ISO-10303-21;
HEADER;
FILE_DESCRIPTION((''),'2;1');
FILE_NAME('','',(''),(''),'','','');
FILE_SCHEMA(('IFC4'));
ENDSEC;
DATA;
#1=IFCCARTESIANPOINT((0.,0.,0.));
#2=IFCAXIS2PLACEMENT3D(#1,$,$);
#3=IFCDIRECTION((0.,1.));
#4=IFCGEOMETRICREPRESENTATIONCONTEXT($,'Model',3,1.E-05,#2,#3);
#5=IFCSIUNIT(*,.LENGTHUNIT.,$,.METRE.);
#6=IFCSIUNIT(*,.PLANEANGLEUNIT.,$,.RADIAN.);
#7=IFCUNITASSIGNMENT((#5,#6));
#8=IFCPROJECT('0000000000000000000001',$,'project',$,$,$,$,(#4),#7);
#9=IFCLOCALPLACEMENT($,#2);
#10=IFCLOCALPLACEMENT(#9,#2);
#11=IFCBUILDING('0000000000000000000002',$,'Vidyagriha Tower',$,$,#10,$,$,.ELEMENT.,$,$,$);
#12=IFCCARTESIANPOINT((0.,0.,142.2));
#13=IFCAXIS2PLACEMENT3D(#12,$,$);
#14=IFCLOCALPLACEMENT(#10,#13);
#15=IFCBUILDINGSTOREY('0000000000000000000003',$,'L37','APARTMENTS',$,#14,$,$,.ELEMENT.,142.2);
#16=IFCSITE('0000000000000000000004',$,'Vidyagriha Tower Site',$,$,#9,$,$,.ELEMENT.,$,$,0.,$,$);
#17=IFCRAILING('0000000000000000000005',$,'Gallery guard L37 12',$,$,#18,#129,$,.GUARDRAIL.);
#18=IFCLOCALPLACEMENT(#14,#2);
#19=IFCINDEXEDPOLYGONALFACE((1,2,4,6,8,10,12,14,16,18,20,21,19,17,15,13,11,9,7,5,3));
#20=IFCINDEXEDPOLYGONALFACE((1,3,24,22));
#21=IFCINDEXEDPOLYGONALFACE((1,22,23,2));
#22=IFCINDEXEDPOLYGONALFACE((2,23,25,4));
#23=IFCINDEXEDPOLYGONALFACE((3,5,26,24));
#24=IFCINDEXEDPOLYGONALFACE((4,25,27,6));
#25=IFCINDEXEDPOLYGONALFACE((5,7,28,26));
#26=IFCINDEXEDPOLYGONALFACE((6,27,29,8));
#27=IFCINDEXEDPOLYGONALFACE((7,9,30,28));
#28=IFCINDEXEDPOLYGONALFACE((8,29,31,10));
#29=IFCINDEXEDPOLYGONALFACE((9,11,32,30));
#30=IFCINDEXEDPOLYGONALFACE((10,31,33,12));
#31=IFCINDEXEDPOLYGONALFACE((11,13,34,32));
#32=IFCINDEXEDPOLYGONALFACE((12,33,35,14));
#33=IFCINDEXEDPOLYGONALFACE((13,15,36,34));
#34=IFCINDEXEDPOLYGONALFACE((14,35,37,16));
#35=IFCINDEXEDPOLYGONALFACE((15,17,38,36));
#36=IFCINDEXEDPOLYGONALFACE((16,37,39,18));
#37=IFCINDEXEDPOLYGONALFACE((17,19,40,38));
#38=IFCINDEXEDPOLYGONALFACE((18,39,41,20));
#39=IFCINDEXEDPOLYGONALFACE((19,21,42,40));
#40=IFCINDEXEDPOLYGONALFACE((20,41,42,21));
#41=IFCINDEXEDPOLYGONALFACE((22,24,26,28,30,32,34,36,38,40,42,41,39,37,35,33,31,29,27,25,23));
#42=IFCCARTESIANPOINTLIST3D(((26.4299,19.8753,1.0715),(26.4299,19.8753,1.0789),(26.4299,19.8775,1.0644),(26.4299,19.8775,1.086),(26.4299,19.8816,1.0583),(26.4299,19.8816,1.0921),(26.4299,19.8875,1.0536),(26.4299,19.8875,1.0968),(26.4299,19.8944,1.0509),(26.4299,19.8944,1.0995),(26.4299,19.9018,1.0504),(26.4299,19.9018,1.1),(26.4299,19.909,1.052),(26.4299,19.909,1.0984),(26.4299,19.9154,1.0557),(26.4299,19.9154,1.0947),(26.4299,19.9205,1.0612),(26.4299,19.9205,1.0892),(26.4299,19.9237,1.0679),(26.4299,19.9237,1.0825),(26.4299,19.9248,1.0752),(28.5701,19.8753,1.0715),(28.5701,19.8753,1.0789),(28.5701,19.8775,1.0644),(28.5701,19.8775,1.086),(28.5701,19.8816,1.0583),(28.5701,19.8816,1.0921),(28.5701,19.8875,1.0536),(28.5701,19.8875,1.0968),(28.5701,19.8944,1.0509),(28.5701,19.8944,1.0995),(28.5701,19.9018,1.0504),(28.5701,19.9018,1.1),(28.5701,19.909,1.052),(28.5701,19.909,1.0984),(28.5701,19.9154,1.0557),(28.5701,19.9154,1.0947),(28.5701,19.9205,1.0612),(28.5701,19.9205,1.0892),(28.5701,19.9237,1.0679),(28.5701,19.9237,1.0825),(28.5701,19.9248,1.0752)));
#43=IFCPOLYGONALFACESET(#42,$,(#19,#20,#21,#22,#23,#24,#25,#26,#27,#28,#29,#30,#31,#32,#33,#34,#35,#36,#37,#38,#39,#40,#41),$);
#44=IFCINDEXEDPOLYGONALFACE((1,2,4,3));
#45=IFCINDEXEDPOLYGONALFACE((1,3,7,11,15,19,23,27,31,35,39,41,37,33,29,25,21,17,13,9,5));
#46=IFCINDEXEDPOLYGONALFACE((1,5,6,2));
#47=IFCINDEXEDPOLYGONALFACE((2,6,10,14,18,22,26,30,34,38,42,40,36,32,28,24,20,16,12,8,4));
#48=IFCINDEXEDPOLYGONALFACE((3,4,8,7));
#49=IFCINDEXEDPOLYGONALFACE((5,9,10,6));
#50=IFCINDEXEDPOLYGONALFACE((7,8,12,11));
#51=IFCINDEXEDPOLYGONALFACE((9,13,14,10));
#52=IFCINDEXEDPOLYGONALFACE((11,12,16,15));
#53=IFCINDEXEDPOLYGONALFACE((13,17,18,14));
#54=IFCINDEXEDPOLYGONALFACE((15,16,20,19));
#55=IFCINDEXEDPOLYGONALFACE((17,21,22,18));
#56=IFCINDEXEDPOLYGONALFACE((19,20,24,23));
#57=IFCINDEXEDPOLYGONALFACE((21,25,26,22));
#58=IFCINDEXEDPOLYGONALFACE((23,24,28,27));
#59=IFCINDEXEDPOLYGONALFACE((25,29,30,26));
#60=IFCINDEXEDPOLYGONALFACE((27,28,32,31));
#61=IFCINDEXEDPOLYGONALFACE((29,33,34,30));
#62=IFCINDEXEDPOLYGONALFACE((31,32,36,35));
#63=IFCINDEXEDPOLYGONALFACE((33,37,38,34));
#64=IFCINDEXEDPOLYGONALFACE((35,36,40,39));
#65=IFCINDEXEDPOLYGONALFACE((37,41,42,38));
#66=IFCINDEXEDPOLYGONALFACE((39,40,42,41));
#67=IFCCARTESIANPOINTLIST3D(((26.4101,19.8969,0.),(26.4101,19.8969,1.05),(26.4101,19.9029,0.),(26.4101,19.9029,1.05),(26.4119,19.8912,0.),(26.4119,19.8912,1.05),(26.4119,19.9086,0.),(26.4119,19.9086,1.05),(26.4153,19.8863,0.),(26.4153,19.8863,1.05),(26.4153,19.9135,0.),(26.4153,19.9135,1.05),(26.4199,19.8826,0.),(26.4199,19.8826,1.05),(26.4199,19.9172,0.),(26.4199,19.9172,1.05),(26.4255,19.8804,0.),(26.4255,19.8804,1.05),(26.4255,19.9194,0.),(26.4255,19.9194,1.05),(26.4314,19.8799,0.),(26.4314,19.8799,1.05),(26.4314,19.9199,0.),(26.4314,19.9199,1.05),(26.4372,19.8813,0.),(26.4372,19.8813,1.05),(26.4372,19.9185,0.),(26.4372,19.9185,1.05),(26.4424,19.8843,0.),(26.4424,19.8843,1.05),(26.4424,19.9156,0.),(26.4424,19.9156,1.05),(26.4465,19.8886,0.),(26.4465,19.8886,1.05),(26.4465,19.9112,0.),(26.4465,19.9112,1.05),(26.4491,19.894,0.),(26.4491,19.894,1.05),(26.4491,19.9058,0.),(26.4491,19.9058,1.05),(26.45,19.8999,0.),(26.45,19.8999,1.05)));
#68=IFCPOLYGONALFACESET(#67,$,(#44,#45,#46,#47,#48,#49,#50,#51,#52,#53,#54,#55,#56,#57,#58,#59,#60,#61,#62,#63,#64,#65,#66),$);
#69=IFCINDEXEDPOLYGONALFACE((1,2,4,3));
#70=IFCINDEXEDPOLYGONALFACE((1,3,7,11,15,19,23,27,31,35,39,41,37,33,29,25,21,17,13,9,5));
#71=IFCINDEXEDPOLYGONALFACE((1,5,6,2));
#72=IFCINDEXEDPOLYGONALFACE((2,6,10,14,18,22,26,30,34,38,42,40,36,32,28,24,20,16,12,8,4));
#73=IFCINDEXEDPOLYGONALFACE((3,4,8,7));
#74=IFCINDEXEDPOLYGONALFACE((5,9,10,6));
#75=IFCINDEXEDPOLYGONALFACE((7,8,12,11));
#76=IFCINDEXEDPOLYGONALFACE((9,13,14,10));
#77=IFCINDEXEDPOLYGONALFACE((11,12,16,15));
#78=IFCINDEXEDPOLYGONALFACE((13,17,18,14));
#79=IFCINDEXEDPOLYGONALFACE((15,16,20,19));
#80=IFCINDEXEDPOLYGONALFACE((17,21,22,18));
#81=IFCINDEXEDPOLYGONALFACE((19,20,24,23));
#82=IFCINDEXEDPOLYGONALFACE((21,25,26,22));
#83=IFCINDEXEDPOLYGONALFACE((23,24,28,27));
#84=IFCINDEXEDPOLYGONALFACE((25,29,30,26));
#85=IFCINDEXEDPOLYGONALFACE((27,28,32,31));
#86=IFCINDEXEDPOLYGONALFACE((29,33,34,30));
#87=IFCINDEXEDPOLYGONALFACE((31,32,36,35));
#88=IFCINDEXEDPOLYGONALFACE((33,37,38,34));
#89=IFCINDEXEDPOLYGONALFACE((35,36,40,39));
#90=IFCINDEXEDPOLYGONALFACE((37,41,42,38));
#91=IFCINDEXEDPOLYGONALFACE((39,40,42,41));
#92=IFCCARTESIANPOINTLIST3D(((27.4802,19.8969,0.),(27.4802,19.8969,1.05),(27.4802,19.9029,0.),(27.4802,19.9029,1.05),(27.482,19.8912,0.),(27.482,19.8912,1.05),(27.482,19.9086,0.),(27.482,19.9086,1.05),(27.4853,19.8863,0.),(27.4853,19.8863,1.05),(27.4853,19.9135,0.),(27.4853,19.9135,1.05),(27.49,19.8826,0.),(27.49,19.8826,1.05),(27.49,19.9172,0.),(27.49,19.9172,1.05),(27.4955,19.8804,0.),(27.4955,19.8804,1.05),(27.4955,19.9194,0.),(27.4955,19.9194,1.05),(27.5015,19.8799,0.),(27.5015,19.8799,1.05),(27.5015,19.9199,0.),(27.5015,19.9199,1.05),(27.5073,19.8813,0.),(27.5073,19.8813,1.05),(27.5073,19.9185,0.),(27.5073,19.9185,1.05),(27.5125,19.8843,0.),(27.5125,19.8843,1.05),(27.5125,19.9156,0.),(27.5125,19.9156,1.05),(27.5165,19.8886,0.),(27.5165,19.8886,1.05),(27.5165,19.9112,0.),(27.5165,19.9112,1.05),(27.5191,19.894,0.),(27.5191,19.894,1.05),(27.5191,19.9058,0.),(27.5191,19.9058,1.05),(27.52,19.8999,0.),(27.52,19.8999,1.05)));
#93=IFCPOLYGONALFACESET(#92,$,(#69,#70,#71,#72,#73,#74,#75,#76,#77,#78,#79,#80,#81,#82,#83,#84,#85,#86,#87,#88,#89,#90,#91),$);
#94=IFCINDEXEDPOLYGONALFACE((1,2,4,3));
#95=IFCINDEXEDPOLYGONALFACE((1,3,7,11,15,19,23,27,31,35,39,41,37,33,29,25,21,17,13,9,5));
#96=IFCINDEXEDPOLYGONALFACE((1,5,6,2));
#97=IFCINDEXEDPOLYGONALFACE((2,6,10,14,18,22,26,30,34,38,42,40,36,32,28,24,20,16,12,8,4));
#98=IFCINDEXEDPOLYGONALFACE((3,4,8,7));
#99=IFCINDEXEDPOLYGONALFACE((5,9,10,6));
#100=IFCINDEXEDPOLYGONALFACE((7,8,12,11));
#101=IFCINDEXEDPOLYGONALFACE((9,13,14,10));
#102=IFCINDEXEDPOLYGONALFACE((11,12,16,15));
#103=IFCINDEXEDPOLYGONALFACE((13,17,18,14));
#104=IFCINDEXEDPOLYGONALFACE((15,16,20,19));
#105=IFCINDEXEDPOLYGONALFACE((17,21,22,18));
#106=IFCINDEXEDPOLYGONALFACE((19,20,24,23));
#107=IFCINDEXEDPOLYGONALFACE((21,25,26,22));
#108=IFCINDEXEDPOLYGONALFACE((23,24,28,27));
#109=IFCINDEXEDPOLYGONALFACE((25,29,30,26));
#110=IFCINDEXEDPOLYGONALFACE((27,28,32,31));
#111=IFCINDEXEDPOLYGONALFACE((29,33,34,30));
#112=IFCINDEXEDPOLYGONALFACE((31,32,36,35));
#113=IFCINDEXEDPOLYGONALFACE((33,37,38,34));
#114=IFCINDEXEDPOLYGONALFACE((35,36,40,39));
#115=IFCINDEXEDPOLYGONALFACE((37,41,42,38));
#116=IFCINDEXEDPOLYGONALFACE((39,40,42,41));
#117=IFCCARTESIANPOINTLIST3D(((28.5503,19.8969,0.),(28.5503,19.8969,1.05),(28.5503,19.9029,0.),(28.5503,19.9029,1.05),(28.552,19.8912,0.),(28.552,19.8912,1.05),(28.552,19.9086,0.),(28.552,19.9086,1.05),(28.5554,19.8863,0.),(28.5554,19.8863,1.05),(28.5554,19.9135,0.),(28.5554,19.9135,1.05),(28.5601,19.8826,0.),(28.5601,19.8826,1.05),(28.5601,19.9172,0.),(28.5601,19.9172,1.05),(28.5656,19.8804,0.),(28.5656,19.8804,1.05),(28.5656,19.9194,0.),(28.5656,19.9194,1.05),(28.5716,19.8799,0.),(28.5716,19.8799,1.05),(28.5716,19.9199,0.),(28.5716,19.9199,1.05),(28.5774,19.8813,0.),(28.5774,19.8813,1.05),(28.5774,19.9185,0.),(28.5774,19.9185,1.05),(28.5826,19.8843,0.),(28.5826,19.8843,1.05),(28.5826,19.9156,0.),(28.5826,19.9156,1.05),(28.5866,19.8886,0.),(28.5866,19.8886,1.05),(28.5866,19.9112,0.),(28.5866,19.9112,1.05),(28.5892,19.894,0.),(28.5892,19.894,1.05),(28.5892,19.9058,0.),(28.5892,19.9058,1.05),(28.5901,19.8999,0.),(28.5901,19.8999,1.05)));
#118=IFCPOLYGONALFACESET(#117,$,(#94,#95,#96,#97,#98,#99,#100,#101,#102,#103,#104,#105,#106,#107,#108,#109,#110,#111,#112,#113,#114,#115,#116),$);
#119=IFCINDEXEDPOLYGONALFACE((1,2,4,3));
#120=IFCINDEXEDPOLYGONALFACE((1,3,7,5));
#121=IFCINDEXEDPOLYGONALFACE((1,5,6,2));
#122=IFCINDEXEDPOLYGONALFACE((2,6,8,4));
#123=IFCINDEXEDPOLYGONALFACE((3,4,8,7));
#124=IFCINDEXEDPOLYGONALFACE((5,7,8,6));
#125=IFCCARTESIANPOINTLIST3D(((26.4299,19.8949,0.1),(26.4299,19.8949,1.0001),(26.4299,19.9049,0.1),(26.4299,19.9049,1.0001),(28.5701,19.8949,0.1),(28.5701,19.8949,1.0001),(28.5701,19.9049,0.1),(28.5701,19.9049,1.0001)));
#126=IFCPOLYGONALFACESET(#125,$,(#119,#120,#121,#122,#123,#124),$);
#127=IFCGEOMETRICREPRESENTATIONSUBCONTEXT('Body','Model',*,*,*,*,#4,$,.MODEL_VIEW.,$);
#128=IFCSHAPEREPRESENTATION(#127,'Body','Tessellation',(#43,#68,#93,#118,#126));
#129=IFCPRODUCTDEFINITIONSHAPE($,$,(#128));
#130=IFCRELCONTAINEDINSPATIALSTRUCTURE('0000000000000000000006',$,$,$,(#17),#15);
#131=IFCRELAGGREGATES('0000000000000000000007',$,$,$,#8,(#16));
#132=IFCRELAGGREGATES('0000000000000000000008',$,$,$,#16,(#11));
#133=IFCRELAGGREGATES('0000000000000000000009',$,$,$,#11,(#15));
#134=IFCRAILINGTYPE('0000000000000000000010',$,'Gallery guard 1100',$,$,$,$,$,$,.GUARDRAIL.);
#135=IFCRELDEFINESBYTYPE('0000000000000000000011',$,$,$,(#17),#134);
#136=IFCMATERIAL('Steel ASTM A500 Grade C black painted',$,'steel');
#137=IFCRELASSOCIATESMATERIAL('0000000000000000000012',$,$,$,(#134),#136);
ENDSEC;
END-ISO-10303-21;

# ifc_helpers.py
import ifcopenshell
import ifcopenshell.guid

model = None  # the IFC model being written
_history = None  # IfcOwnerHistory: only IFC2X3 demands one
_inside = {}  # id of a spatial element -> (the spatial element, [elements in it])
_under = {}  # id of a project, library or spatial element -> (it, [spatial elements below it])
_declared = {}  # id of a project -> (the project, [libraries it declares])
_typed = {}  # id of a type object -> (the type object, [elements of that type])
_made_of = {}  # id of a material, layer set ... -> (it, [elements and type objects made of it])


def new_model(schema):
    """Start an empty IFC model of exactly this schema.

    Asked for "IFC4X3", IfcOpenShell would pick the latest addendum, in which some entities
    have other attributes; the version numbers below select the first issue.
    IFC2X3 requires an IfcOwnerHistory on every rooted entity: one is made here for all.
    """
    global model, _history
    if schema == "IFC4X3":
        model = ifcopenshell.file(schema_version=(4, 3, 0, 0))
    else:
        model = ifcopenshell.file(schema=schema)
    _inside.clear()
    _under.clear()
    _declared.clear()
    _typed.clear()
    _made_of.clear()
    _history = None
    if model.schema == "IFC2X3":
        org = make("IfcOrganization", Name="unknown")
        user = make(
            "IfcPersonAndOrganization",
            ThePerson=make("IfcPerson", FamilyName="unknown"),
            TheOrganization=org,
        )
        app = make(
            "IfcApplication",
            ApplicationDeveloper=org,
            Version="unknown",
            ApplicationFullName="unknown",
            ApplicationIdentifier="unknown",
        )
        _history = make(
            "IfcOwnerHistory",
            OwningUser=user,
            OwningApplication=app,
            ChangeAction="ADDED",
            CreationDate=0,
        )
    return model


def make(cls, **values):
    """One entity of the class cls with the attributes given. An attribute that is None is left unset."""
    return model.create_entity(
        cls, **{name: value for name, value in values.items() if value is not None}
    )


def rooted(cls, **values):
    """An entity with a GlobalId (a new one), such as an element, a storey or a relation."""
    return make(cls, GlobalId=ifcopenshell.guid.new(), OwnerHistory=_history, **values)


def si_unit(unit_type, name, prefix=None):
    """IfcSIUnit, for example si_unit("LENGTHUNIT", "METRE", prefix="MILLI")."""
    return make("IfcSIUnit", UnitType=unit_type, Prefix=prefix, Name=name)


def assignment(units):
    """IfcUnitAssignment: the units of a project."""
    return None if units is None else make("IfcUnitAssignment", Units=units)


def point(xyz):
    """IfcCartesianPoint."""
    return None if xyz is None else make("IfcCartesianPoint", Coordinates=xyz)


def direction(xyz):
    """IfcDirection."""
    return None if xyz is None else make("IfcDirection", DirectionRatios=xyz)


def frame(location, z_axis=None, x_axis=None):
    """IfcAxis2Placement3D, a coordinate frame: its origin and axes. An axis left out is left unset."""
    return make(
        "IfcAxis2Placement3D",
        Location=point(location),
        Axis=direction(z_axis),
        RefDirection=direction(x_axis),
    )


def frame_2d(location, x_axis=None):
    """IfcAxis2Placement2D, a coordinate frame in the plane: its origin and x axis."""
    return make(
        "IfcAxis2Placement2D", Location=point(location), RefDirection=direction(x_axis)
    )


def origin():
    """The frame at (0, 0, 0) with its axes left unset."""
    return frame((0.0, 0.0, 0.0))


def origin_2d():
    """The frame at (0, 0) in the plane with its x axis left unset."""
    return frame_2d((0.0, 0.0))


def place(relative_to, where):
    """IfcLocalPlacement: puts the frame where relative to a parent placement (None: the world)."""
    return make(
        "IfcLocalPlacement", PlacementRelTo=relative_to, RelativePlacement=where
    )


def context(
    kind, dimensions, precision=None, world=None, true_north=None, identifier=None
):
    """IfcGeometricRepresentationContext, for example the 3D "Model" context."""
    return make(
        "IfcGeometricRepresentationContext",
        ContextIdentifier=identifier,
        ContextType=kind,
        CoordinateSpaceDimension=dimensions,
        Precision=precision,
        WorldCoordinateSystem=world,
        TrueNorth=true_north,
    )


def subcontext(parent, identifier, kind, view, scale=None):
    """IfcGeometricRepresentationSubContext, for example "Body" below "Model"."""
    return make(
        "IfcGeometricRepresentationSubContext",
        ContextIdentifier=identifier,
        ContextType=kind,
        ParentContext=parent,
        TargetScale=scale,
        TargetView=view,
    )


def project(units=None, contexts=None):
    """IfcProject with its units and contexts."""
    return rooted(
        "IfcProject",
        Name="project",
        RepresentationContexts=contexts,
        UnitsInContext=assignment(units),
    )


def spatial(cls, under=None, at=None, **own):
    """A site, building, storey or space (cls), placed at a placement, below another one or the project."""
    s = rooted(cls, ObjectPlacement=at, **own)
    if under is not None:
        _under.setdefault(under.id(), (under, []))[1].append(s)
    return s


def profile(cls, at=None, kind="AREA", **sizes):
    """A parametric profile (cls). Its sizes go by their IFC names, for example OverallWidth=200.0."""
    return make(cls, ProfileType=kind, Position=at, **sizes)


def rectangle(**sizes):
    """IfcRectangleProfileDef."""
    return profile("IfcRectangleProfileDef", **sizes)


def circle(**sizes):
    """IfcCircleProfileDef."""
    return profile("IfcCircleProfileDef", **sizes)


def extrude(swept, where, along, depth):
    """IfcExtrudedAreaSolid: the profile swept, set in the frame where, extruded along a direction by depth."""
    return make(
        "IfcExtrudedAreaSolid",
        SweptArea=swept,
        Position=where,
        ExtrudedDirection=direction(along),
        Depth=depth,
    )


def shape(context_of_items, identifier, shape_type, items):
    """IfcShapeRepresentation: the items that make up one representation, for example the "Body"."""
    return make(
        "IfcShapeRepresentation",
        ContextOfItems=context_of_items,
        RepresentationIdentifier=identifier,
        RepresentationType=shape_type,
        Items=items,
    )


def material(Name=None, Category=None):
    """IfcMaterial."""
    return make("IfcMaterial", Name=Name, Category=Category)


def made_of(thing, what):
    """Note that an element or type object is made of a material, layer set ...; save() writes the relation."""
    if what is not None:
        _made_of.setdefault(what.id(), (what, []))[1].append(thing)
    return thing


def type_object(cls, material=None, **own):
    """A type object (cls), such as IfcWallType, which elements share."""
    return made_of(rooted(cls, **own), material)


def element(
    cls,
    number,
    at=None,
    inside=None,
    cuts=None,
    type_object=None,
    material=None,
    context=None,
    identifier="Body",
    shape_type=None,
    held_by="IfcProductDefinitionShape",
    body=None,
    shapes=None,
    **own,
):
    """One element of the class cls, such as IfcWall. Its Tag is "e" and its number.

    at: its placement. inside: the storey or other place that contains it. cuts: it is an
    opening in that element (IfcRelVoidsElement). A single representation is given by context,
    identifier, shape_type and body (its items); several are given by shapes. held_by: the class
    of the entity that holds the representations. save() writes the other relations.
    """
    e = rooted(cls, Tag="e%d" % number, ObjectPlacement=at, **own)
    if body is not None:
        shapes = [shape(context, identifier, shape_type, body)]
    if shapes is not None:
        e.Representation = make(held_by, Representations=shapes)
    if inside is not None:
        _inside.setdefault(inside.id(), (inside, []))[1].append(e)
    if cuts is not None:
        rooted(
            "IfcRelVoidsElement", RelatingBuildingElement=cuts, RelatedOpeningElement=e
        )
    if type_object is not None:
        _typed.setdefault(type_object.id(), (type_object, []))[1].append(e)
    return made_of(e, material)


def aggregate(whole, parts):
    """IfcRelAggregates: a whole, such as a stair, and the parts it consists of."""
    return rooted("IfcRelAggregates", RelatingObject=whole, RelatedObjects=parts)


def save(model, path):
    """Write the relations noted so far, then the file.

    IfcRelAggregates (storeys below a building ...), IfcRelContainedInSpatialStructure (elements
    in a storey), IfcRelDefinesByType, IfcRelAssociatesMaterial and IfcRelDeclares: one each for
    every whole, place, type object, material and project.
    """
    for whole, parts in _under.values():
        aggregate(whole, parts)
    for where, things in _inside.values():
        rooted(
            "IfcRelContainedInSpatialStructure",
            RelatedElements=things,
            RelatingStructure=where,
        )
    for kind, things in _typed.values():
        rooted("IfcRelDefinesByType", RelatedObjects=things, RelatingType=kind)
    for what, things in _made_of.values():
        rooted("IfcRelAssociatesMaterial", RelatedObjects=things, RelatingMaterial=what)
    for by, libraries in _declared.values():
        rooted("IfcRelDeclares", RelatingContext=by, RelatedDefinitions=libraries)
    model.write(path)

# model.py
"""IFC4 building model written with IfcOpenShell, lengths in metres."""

from ifc_helpers import new_model, si_unit, direction, frame, origin, origin_2d, place, context, subcontext, project, spatial, rectangle, circle, extrude, material, type_object, element, save


model = new_model("IFC4")

# Units and contexts
model_context = context("Model", 3, precision=1e-05, world=origin(), true_north=direction((0.0, 1.0)))
body_context = subcontext(model_context, "Body", "Model", "MODEL_VIEW")
ifc_project = project(units=[si_unit("LENGTHUNIT", "METRE"), si_unit("PLANEANGLEUNIT", "RADIAN")], contexts=[model_context])

# Site, building, storey
site_placement = place(None, origin())
site = spatial("IfcSite", under=ifc_project, at=site_placement, Name="Vidyagriha Tower Site", CompositionType="ELEMENT", RefElevation=0.0)
building_placement = place(site_placement, origin())
building = spatial("IfcBuilding", under=site, at=building_placement, Name="Vidyagriha Tower", CompositionType="ELEMENT")
storey_placement = place(building_placement, frame((0.0, 0.0, 142.2)))
storey = spatial("IfcBuildingStorey", under=building, at=storey_placement, Name="L37", Description="APARTMENTS", CompositionType="ELEMENT", Elevation=142.2)

# Railing
ifc_material_1 = material(Name="Steel ASTM A500 Grade C black painted", Category="steel")
railing_type = type_object("IfcRailingType", Name="Gallery guard 1100", PredefinedType="GUARDRAIL", material=ifc_material_1)
railing_1_placement = place(storey_placement, frame((26.4299, 19.8999, 0.0)))
element("IfcRailing", 1, at=railing_1_placement, inside=storey, type_object=railing_type, Name="Gallery guard L37 12", PredefinedType="GUARDRAIL", context=body_context, shape_type="SweptSolid", body=[
    extrude(circle(Radius=0.0249, at=origin_2d()), frame((0.0, 0.0, 1.0752), z_axis=(1.0, 0.0, 0.0), x_axis=(0.0, 1.0, 0.0)), (0.0, 0.0, 1.0), 2.1401),
    extrude(circle(Radius=0.02, at=origin_2d()), origin(), (0.0, 0.0, 1.0), 1.05),
    extrude(circle(Radius=0.02, at=origin_2d()), frame((1.0701, 0.0, 0.0)), (0.0, 0.0, 1.0), 1.05),
    extrude(circle(Radius=0.02, at=origin_2d()), frame((2.1401, 0.0, 0.0)), (0.0, 0.0, 1.0), 1.05),
    extrude(rectangle(XDim=0.01, YDim=0.9001, at=origin_2d()), frame((0.0, 0.0, 0.55), z_axis=(1.0, 0.0, 0.0), x_axis=(0.0, 1.0, 0.0)), (0.0, 0.0, 1.0), 2.1401),
])

save(model, "model.ifc")
